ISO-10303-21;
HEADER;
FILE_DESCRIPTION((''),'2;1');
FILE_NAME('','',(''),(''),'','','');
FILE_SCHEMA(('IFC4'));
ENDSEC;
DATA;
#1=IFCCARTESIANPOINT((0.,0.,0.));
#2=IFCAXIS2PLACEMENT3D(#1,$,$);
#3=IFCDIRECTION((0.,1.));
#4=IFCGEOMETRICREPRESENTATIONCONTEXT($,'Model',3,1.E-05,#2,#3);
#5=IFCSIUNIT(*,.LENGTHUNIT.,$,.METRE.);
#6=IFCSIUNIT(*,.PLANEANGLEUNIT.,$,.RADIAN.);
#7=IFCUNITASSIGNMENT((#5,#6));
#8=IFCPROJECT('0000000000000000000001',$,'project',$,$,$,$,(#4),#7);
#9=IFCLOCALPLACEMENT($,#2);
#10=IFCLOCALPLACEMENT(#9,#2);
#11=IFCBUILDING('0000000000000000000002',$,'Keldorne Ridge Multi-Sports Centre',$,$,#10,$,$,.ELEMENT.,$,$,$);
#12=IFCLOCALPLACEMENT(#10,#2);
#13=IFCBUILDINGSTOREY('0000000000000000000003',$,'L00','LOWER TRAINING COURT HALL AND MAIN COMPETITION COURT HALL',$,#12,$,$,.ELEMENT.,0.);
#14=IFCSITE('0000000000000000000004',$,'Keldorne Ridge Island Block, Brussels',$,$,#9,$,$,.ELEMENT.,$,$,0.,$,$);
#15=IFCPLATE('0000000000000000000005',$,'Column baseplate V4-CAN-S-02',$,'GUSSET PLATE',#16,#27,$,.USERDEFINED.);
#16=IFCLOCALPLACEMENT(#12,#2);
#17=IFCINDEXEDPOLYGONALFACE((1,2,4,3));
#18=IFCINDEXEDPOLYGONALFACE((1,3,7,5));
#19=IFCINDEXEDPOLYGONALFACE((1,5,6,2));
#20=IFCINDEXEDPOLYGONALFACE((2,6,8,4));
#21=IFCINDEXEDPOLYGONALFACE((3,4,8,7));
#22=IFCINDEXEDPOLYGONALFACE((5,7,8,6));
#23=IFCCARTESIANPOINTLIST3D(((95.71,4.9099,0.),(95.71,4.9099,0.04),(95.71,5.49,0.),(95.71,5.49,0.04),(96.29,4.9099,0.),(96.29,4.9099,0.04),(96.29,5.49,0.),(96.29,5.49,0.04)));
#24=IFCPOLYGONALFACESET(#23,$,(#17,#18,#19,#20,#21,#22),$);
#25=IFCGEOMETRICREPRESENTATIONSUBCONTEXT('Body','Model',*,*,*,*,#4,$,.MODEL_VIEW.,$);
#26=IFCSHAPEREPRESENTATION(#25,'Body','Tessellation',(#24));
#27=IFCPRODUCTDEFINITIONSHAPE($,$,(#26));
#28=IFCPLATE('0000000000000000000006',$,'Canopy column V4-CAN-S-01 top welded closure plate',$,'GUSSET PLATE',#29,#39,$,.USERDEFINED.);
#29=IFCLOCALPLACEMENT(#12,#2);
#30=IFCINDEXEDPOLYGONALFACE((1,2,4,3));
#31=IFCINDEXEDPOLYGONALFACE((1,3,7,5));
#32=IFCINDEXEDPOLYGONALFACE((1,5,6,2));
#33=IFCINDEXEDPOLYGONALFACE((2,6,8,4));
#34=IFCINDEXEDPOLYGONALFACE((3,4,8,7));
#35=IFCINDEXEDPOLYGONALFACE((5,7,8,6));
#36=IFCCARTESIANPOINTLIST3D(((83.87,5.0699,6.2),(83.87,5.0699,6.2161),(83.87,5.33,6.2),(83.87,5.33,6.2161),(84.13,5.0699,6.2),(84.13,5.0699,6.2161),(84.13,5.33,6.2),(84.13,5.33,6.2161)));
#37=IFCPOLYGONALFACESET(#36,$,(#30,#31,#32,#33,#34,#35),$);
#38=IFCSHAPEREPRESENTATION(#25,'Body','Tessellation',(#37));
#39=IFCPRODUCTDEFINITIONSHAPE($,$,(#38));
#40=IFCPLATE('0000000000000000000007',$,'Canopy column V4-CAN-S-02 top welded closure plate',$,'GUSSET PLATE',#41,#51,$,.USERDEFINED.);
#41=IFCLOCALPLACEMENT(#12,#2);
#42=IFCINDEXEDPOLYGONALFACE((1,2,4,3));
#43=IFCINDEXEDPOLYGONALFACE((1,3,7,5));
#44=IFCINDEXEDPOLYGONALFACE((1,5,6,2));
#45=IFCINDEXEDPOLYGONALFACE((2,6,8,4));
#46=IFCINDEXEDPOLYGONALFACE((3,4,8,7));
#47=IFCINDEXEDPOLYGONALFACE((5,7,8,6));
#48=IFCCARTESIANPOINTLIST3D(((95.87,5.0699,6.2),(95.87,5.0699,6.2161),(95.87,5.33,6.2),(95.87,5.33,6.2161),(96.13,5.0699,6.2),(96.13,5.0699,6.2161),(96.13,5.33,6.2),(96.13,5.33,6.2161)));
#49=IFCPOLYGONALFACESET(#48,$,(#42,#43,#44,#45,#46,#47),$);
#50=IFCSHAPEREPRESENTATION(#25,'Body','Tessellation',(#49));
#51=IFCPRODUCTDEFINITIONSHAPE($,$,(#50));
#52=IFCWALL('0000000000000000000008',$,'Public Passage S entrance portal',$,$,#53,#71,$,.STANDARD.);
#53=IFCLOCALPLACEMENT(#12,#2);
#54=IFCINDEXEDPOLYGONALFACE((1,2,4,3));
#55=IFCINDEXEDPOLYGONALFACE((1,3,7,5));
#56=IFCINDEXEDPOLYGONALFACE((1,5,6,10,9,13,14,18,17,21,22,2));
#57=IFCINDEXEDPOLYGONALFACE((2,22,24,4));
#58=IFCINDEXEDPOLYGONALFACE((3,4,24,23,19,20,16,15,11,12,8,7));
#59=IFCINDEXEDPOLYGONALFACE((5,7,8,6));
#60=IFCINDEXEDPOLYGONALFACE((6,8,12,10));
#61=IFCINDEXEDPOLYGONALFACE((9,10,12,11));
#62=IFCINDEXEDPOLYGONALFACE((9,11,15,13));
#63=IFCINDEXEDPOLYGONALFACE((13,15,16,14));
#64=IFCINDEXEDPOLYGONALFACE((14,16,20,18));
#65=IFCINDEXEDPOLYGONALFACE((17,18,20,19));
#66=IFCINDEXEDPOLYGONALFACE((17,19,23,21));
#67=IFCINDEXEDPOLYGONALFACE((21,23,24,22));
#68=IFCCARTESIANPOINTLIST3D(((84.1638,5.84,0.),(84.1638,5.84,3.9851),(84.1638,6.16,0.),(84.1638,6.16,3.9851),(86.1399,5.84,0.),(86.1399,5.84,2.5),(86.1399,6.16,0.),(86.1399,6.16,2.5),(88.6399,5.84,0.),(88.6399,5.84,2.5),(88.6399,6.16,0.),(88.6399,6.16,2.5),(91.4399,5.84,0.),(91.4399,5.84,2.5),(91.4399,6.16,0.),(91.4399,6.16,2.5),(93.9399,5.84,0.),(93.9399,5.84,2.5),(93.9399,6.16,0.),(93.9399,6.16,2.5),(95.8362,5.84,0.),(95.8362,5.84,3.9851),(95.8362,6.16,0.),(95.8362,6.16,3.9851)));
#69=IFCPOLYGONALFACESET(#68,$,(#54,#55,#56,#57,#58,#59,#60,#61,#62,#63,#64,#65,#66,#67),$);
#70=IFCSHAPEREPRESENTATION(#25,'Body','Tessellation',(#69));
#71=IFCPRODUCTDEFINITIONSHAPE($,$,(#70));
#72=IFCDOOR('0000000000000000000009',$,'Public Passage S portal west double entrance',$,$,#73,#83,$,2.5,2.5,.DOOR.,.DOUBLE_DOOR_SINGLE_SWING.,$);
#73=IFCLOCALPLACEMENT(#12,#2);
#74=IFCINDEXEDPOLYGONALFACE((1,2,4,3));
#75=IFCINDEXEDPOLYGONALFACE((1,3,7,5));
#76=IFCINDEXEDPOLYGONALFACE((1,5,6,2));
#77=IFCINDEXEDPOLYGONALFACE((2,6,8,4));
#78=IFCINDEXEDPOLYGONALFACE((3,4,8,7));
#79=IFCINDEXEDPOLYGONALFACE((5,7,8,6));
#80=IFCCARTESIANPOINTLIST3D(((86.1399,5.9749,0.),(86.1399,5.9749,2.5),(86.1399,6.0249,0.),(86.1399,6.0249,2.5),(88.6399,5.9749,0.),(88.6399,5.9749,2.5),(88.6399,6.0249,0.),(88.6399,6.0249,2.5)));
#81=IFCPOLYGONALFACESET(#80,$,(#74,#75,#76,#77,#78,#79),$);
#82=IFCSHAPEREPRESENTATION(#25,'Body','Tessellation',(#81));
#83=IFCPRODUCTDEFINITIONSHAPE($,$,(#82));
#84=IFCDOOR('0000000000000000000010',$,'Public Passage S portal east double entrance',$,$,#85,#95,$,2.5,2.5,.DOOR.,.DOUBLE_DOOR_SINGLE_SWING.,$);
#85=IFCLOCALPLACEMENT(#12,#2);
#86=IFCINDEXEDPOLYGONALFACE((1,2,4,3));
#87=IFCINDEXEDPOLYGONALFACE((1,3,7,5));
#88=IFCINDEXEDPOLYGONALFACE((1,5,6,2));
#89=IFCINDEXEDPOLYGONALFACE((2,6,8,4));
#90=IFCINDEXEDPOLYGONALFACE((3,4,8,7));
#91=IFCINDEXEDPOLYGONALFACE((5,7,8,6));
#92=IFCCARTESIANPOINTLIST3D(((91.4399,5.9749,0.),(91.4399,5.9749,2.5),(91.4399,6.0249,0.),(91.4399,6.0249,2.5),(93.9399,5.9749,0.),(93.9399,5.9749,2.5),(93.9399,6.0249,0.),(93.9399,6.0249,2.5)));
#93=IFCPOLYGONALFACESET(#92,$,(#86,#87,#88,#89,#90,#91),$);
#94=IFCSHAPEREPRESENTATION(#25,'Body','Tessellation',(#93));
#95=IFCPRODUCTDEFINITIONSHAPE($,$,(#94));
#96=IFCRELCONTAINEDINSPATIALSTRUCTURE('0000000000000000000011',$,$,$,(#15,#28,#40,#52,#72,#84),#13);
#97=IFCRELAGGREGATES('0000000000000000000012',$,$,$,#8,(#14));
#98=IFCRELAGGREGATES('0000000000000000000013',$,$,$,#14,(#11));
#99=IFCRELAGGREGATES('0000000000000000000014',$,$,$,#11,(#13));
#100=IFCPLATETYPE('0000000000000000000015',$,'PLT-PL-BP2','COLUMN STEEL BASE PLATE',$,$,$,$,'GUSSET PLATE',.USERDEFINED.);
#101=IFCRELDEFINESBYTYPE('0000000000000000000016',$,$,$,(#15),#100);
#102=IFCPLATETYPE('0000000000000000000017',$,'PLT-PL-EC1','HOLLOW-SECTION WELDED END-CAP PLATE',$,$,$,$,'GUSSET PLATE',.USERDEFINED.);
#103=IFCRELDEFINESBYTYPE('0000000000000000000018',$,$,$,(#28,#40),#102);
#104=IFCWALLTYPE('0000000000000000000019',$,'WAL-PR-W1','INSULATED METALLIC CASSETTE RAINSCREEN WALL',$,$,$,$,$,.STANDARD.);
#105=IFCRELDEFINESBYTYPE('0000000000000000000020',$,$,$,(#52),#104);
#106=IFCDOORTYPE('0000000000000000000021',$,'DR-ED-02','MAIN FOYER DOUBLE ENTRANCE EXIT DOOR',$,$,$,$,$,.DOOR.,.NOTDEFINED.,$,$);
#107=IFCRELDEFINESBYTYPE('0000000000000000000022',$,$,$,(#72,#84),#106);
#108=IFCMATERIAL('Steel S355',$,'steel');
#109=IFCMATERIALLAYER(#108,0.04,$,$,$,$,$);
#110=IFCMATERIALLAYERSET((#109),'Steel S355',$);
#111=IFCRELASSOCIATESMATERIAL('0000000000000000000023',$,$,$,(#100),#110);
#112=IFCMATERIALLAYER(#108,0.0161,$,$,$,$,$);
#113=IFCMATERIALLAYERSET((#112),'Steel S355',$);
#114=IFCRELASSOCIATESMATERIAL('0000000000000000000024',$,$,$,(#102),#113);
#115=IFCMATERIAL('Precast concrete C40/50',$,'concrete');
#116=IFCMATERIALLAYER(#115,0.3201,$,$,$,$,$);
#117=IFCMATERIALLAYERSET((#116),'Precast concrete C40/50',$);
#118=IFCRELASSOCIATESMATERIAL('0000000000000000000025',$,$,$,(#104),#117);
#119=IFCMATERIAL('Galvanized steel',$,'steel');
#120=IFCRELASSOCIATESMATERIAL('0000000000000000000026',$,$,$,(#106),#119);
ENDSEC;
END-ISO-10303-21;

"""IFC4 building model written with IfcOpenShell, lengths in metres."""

from ifc_helpers import new_model, si_unit, direction, frame, frame_2d, origin, origin_2d, place, context, subcontext, project, spatial, rectangle, extrude, material, layer, layer_set, type_object, element, fill, save


model = new_model("IFC4")

# Units and contexts
model_context = context("Model", 3, precision=1e-05, world=origin(), true_north=direction((0.0, 1.0)))
body_context = subcontext(model_context, "Body", "Model", "MODEL_VIEW")
ifc_project = project(units=[si_unit("LENGTHUNIT", "METRE"), si_unit("PLANEANGLEUNIT", "RADIAN")], contexts=[model_context])

# Site, building, storey
site_placement = place(None, origin())
site = spatial("IfcSite", under=ifc_project, at=site_placement, Name="Keldorne Ridge Island Block, Brussels", CompositionType="ELEMENT", RefElevation=0.0)
building_placement = place(site_placement, origin())
building = spatial("IfcBuilding", under=site, at=building_placement, Name="Keldorne Ridge Multi-Sports Centre", CompositionType="ELEMENT")
storey_placement = place(building_placement, origin())
storey = spatial("IfcBuildingStorey", under=building, at=storey_placement, Name="L00", Description="LOWER TRAINING COURT HALL AND MAIN COMPETITION COURT HALL", CompositionType="ELEMENT", Elevation=0.0)

# Shared definitions
ifc_material_1 = material(Name="Steel S355", Category="steel")

# Plates
ifc_layer_1 = layer(ifc_material_1, 0.04)
ifc_layer_set_1 = layer_set([ifc_layer_1], Name="Steel S355")
plate_type_1 = type_object("IfcPlateType", Name="PLT-PL-BP2", Description="COLUMN STEEL BASE PLATE", ElementType="GUSSET PLATE", PredefinedType="USERDEFINED", material=ifc_layer_set_1)
for number, where, z_axis, x_axis, name in (
    (1, (96.0, 5.2, 0.0), (0.0, 0.0, 1.0), (1.0, 0.0, 0.0), "Column baseplate V4-CAN-S-02"),
):
    element("IfcPlate", number, at=place(storey_placement, frame(where, z_axis=z_axis, x_axis=x_axis)), inside=storey, type_object=plate_type_1, Name=name, ObjectType="GUSSET PLATE", PredefinedType="USERDEFINED", context=body_context, shape_type="SweptSolid", body=[
        extrude(rectangle(XDim=0.5801, YDim=0.5801, at=origin_2d()), origin(), (0.0, 0.0, 1.0), 0.04),
    ])
ifc_layer_2 = layer(ifc_material_1, 0.0161)
ifc_layer_set_2 = layer_set([ifc_layer_2], Name="Steel S355")
plate_type_2 = type_object("IfcPlateType", Name="PLT-PL-EC1", Description="HOLLOW-SECTION WELDED END-CAP PLATE", ElementType="GUSSET PLATE", PredefinedType="USERDEFINED", material=ifc_layer_set_2)
for number, where, z_axis, x_axis, name in (
    (2, (84.0, 5.2, 6.2), (0.0, 0.0, 1.0), (1.0, 0.0, 0.0), "Canopy column V4-CAN-S-01 top welded closure plate"),
    (3, (96.0, 5.2, 6.2), (0.0, 0.0, 1.0), (1.0, 0.0, 0.0), "Canopy column V4-CAN-S-02 top welded closure plate"),
):
    element("IfcPlate", number, at=place(storey_placement, frame(where, z_axis=z_axis, x_axis=x_axis)), inside=storey, type_object=plate_type_2, Name=name, ObjectType="GUSSET PLATE", PredefinedType="USERDEFINED", context=body_context, shape_type="SweptSolid", body=[
        extrude(rectangle(XDim=0.26, YDim=0.26, at=origin_2d()), origin(), (0.0, 0.0, 1.0), 0.0161),
    ])

# Wall, openings, doors
ifc_material_2 = material(Name="Precast concrete C40/50", Category="concrete")
ifc_layer_3 = layer(ifc_material_2, 0.3201)
ifc_layer_set_3 = layer_set([ifc_layer_3], Name="Precast concrete C40/50")
wall_type = type_object("IfcWallType", Name="WAL-PR-W1", Description="INSULATED METALLIC CASSETTE RAINSCREEN WALL", PredefinedType="STANDARD", material=ifc_layer_set_3)
wall_placement = place(storey_placement, frame((84.1638, 6.0, 0.0), z_axis=(0.0, 0.0, 1.0), x_axis=(1.0, 0.0, 0.0)))
wall = element("IfcWall", 4, at=wall_placement, inside=storey, type_object=wall_type, Name="Public Passage S entrance portal", PredefinedType="STANDARD", context=body_context, shape_type="SweptSolid", body=[
    extrude(rectangle(XDim=11.6724, YDim=0.3201, at=frame_2d((5.8362, 0.0))), origin(), (0.0, 0.0, 1.0), 3.9851),
])
opening_1_placement = place(wall_placement, frame((1.9761, 0.0, 0.0)))
opening_1 = element("IfcOpeningElement", 5, at=opening_1_placement, cuts=wall, PredefinedType="OPENING", context=body_context, shape_type="SweptSolid", body=[
    extrude(rectangle(XDim=2.5, YDim=2.5, at=frame_2d((1.25, 1.25))), frame((0.0, 0.1699, 0.0), z_axis=(0.0, -1.0, 0.0), x_axis=(1.0, 0.0, 0.0)), (0.0, 0.0, 1.0), 0.3401),
])
opening_2_placement = place(wall_placement, frame((7.2761, 0.0, 0.0)))
opening_2 = element("IfcOpeningElement", 6, at=opening_2_placement, cuts=wall, PredefinedType="OPENING", context=body_context, shape_type="SweptSolid", body=[
    extrude(rectangle(XDim=2.5, YDim=2.5, at=frame_2d((1.25, 1.25))), frame((0.0, 0.1699, 0.0), z_axis=(0.0, -1.0, 0.0), x_axis=(1.0, 0.0, 0.0)), (0.0, 0.0, 1.0), 0.3401),
])
ifc_material_3 = material(Name="Galvanized steel", Category="steel")
door_type = type_object("IfcDoorType", Name="DR-ED-02", Description="MAIN FOYER DOUBLE ENTRANCE EXIT DOOR", OperationType="NOTDEFINED", PredefinedType="DOOR", material=ifc_material_3)
door_1_placement = place(opening_1_placement, origin())
door_1 = element("IfcDoor", 7, at=door_1_placement, inside=storey, type_object=door_type, Name="Public Passage S portal west double entrance", OperationType="DOUBLE_DOOR_SINGLE_SWING", OverallHeight=2.5, OverallWidth=2.5, PredefinedType="DOOR", context=body_context, shape_type="SweptSolid", body=[
    extrude(rectangle(XDim=2.5, YDim=2.5, at=frame_2d((1.25, 1.25))), frame((0.0, 0.0249, 0.0), z_axis=(0.0, -1.0, 0.0), x_axis=(1.0, 0.0, 0.0)), (0.0, 0.0, 1.0), 0.05),
])
fill(opening_1, door_1)
door_2_placement = place(opening_2_placement, origin())
door_2 = element("IfcDoor", 8, at=door_2_placement, inside=storey, type_object=door_type, Name="Public Passage S portal east double entrance", OperationType="DOUBLE_DOOR_SINGLE_SWING", OverallHeight=2.5, OverallWidth=2.5, PredefinedType="DOOR", context=body_context, shape_type="SweptSolid", body=[
    extrude(rectangle(XDim=2.5, YDim=2.5, at=frame_2d((1.25, 1.25))), frame((0.0, 0.0249, 0.0), z_axis=(0.0, -1.0, 0.0), x_axis=(1.0, 0.0, 0.0)), (0.0, 0.0, 1.0), 0.05),
])
fill(opening_2, door_2)

save(model, "model.ifc")
